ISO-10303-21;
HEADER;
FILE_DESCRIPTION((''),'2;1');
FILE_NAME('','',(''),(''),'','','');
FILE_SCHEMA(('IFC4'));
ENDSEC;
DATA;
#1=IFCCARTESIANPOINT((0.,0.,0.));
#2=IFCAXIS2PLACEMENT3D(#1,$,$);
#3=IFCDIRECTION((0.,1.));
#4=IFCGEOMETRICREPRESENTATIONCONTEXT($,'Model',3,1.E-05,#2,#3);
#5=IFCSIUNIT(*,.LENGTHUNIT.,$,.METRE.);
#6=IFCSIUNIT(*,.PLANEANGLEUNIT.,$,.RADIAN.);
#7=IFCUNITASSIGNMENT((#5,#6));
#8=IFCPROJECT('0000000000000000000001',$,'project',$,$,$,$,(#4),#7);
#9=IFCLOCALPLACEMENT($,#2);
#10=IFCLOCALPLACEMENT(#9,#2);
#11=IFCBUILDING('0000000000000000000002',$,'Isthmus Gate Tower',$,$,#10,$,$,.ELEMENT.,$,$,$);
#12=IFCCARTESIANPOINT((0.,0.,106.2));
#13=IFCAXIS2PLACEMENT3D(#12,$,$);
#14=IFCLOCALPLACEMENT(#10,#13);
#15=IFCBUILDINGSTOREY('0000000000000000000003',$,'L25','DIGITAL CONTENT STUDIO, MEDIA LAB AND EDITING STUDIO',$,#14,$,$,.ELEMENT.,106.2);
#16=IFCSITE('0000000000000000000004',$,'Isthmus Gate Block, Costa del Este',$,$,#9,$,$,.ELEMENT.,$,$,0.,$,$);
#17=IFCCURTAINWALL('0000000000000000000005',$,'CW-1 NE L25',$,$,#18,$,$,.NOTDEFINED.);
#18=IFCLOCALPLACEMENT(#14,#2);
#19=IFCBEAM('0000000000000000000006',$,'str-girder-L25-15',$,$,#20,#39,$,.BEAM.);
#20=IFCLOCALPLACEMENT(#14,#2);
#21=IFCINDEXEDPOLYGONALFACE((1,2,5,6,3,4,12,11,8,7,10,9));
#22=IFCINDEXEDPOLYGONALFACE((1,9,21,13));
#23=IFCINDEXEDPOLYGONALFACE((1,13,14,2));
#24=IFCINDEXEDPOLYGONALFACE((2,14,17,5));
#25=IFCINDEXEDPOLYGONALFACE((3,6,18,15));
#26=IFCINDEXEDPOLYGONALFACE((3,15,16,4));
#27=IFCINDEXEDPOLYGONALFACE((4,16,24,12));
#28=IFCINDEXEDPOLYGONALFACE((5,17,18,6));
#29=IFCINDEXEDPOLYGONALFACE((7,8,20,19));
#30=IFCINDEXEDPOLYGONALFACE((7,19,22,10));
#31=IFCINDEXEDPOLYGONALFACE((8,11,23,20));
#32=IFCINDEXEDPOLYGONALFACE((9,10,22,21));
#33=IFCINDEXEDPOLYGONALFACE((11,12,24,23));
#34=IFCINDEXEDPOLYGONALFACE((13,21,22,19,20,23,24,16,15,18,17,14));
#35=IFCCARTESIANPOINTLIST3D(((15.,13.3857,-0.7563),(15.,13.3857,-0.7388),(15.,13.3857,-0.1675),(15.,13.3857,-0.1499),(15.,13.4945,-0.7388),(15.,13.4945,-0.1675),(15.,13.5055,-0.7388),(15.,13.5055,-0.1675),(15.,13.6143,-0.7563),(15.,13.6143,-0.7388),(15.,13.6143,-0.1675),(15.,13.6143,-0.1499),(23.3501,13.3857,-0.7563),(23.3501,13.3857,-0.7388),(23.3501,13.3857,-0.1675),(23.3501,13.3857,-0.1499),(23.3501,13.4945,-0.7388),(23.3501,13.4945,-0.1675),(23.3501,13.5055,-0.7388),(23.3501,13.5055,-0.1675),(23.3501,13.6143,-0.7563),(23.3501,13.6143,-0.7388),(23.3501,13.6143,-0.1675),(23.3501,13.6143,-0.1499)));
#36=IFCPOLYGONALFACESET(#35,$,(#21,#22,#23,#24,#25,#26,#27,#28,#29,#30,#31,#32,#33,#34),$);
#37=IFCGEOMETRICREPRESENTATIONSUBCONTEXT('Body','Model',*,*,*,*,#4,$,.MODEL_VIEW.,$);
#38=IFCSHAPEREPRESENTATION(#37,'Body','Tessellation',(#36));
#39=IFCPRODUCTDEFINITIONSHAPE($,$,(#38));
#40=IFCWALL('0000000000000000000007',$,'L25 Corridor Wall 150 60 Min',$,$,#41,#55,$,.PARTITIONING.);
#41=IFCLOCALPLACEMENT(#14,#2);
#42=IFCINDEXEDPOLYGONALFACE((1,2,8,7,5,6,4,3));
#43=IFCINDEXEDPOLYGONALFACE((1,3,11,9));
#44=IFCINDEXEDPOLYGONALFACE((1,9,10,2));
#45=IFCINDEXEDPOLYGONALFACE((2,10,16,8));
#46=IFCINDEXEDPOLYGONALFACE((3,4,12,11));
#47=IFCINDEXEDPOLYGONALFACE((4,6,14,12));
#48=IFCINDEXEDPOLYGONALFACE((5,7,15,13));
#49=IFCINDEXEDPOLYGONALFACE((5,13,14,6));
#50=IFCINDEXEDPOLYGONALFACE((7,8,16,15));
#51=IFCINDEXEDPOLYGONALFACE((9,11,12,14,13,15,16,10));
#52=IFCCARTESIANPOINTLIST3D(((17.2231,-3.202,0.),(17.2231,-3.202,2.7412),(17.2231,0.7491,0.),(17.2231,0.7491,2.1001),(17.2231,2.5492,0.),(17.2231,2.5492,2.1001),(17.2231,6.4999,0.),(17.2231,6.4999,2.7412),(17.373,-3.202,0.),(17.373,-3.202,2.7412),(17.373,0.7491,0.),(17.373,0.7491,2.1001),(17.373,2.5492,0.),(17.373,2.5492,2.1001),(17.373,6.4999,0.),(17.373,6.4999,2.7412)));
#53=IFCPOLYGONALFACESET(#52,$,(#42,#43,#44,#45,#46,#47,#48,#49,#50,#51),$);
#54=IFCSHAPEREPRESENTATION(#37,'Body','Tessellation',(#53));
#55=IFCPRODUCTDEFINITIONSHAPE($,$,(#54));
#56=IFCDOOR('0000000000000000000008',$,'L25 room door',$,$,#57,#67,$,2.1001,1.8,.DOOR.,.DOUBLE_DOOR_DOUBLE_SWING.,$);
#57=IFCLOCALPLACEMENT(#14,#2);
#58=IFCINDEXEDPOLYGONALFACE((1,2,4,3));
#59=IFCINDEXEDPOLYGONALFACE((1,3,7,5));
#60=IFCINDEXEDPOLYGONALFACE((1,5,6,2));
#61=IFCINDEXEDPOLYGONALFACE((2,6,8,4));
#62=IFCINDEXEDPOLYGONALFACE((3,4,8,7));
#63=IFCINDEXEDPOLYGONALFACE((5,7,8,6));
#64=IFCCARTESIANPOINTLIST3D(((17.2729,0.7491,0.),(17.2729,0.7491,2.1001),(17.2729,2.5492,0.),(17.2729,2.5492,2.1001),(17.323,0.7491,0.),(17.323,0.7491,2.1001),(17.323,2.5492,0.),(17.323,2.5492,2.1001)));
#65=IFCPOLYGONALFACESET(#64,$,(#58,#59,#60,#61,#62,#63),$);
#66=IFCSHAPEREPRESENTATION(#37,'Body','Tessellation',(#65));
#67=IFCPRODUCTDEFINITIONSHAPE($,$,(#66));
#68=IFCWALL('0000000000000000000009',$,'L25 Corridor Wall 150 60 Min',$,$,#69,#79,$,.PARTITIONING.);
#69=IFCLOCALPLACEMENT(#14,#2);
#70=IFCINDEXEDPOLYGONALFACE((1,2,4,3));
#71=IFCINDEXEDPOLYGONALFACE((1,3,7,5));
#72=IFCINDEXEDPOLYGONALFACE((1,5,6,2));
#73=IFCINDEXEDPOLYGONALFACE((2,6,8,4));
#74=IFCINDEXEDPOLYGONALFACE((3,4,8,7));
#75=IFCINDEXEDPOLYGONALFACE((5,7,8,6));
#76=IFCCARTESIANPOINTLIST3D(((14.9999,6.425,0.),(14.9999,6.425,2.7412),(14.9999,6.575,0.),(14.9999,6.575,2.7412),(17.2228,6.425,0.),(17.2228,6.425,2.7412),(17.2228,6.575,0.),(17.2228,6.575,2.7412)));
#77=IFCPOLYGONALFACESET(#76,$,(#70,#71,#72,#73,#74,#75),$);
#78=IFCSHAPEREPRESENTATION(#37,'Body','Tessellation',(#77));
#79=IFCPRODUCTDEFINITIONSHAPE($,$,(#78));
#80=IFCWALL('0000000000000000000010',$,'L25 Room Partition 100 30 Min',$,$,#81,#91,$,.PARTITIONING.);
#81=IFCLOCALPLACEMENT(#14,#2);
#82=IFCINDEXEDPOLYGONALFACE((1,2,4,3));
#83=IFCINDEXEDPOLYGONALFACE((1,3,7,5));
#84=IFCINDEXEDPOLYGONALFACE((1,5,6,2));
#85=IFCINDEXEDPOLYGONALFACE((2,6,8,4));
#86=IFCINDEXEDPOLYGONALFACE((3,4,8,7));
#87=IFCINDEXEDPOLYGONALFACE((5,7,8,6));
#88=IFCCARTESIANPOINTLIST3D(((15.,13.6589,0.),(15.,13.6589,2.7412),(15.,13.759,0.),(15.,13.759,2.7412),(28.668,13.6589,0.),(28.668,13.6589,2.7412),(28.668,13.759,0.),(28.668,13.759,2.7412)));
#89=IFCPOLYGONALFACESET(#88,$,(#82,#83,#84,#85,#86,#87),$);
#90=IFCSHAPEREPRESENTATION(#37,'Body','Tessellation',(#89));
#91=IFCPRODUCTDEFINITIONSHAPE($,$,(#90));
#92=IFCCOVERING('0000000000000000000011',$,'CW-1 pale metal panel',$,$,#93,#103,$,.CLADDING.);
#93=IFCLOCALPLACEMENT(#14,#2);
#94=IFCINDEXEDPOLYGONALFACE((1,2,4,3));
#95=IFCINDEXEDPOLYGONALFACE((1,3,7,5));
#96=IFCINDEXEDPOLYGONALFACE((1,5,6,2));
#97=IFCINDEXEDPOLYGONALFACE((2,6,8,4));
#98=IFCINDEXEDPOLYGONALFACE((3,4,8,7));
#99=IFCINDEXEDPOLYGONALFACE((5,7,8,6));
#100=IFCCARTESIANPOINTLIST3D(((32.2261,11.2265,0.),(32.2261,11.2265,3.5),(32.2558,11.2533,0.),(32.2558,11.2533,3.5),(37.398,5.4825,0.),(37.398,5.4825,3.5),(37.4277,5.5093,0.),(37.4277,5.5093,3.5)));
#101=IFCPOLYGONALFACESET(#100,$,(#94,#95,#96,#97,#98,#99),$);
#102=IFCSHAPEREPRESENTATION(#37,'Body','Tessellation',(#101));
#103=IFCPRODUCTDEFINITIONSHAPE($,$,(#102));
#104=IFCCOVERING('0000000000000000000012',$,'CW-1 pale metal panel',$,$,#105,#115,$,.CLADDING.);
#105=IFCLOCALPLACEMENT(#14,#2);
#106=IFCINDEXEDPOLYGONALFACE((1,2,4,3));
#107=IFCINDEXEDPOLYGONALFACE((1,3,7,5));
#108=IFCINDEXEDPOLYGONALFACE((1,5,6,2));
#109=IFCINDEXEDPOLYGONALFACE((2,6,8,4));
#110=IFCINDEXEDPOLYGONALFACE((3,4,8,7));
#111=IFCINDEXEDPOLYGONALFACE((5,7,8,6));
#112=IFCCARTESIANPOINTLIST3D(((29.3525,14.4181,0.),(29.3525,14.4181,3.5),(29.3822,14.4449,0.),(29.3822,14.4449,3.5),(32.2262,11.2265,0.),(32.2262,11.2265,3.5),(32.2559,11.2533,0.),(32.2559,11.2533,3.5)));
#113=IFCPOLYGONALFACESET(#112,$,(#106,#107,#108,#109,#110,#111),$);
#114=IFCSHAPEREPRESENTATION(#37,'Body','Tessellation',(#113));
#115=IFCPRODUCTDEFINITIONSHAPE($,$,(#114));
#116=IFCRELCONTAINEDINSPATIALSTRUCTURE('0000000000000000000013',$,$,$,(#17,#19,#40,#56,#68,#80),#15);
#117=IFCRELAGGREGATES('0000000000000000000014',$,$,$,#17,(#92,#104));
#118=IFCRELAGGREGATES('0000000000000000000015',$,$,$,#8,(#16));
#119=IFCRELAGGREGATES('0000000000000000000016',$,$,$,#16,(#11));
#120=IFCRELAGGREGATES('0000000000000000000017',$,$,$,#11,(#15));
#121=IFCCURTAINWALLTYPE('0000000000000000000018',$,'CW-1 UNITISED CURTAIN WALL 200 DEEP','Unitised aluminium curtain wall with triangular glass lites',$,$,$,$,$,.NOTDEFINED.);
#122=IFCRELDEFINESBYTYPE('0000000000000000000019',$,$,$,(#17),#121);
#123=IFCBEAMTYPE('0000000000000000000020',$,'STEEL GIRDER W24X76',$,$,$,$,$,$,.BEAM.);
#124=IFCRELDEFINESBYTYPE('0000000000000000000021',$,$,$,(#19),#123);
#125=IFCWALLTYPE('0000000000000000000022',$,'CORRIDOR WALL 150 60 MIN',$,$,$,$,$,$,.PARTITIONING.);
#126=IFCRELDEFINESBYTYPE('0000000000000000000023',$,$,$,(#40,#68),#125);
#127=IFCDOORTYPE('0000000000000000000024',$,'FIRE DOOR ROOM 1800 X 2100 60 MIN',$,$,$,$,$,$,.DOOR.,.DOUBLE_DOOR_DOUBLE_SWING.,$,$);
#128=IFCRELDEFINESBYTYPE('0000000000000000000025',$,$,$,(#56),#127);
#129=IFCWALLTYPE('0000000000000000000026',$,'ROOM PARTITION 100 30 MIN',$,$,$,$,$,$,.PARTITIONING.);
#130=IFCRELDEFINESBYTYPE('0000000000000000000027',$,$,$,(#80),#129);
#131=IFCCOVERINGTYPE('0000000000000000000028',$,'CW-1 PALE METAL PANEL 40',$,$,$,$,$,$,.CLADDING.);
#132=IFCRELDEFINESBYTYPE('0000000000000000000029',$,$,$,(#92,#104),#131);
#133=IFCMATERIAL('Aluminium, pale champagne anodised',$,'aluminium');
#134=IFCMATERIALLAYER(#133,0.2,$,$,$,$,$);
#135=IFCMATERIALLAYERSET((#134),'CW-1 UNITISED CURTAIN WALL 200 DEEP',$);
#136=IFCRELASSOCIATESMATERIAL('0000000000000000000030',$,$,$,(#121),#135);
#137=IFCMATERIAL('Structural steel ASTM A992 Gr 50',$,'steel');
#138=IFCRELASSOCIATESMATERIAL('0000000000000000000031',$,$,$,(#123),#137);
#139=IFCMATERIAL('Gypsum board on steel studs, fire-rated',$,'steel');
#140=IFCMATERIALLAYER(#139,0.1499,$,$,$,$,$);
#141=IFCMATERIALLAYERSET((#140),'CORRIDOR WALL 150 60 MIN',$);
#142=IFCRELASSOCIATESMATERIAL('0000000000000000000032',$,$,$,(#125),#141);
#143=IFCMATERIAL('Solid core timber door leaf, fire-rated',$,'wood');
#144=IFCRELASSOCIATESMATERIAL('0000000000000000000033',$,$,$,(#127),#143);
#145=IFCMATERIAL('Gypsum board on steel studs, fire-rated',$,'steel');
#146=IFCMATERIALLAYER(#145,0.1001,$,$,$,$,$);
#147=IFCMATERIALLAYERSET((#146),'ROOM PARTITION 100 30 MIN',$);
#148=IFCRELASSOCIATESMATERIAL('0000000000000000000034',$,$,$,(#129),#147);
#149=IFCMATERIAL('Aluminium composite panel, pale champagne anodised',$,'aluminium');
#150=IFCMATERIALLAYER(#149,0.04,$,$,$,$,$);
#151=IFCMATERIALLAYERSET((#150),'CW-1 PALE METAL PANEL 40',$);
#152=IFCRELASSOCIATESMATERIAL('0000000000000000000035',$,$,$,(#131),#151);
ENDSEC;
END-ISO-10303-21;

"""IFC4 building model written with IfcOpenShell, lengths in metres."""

from ifc_helpers import new_model, si_unit, direction, frame, frame_2d, origin, origin_2d, place, context, subcontext, project, spatial, rectangle, i_section, extrude, material, layer, layer_set, material_profile, profile_set, type_object, element, fill, aggregate, save


model = new_model("IFC4")

# Units and contexts
model_context = context("Model", 3, precision=1e-05, world=origin(), true_north=direction((0.0, 1.0)))
body_context = subcontext(model_context, "Body", "Model", "MODEL_VIEW")
ifc_project = project(units=[si_unit("LENGTHUNIT", "METRE"), si_unit("PLANEANGLEUNIT", "RADIAN")], contexts=[model_context])

# Site, building, storey
site_placement = place(None, origin())
site = spatial("IfcSite", under=ifc_project, at=site_placement, Name="Isthmus Gate Block, Costa del Este", CompositionType="ELEMENT", RefElevation=0.0)
building_placement = place(site_placement, origin())
building = spatial("IfcBuilding", under=site, at=building_placement, Name="Isthmus Gate Tower", CompositionType="ELEMENT")
storey_placement = place(building_placement, frame((0.0, 0.0, 106.2)))
storey = spatial("IfcBuildingStorey", under=building, at=storey_placement, Name="L25", Description="DIGITAL CONTENT STUDIO, MEDIA LAB AND EDITING STUDIO", CompositionType="ELEMENT", Elevation=106.2)

# Curtain wall
ifc_material_1 = material(Name="Aluminium, pale champagne anodised", Category="aluminium")
ifc_layer_1 = layer(ifc_material_1, 0.2)
ifc_layer_set_1 = layer_set([ifc_layer_1], Name="CW-1 UNITISED CURTAIN WALL 200 DEEP")
curtain_wall_type = type_object("IfcCurtainWallType", Name="CW-1 UNITISED CURTAIN WALL 200 DEEP", Description="Unitised aluminium curtain wall with triangular glass lites", PredefinedType="NOTDEFINED", material=ifc_layer_set_1)
curtain_wall_placement = place(storey_placement, origin())
curtain_wall = element("IfcCurtainWall", 1, at=curtain_wall_placement, inside=storey, type_object=curtain_wall_type, Name="CW-1 NE L25", PredefinedType="NOTDEFINED")

# Beam
ifc_material_2 = material(Name="Structural steel ASTM A992 Gr 50", Category="steel")
ifc_material_profile_1 = material_profile(ifc_material_2, i_section(OverallWidth=0.2285, OverallDepth=0.6064, WebThickness=0.011, FlangeThickness=0.0176, at=origin_2d()), Name="W24X76")
ifc_profile_set_1 = profile_set([ifc_material_profile_1], Name="Structural steel ASTM A992 Gr 50")
beam_type_1 = type_object("IfcBeamType", Name="STEEL GIRDER W24X76", PredefinedType="BEAM", material=ifc_profile_set_1)
beam_1_placement = place(storey_placement, frame((15.0, 13.5, -0.4531), z_axis=(1.0, 0.0, 0.0), x_axis=(0.0, 1.0, 0.0)))
element("IfcBeam", 2, at=beam_1_placement, inside=storey, type_object=beam_type_1, Name="str-girder-L25-15", PredefinedType="BEAM", context=body_context, shape_type="SweptSolid", body=[
    extrude(i_section(OverallWidth=0.2285, OverallDepth=0.6064, WebThickness=0.011, FlangeThickness=0.0176, at=origin_2d()), origin(), (0.0, 0.0, 1.0), 8.3501),
])

# Wall, opening, door
ifc_material_3 = material(Name="Gypsum board on steel studs, fire-rated", Category="steel")
ifc_layer_2 = layer(ifc_material_3, 0.1499)
ifc_layer_set_2 = layer_set([ifc_layer_2], Name="CORRIDOR WALL 150 60 MIN")
wall_type_1 = type_object("IfcWallType", Name="CORRIDOR WALL 150 60 MIN", PredefinedType="PARTITIONING", material=ifc_layer_set_2)
wall_1_placement = place(storey_placement, frame((17.2981, 6.5, 0.0), z_axis=(0.0, 0.0, 1.0), x_axis=(0.0, -1.0, 0.0)))
wall_1 = element("IfcWall", 3, at=wall_1_placement, inside=storey, type_object=wall_type_1, Name="L25 Corridor Wall 150 60 Min", PredefinedType="PARTITIONING", context=body_context, shape_type="SweptSolid", body=[
    extrude(rectangle(XDim=9.7019, YDim=0.1499, at=frame_2d((4.8511, 0.0))), origin(), (0.0, 0.0, 1.0), 2.7412),
])
opening_placement = place(wall_1_placement, frame((3.9509, 0.0, 0.0)))
opening = element("IfcOpeningElement", 4, at=opening_placement, cuts=wall_1, PredefinedType="OPENING", context=body_context, shape_type="SweptSolid", body=[
    extrude(rectangle(XDim=1.8, YDim=2.1001, at=frame_2d((0.8999, 1.05))), frame((0.0, 0.085, 0.0), z_axis=(0.0, -1.0, 0.0), x_axis=(1.0, 0.0, 0.0)), (0.0, 0.0, 1.0), 0.1699),
])
ifc_material_4 = material(Name="Solid core timber door leaf, fire-rated", Category="wood")
door_type = type_object("IfcDoorType", Name="FIRE DOOR ROOM 1800 X 2100 60 MIN", OperationType="DOUBLE_DOOR_DOUBLE_SWING", PredefinedType="DOOR", material=ifc_material_4)
door_placement = place(opening_placement, origin())
door = element("IfcDoor", 5, at=door_placement, inside=storey, type_object=door_type, Name="L25 room door", OperationType="DOUBLE_DOOR_DOUBLE_SWING", OverallHeight=2.1001, OverallWidth=1.8, PredefinedType="DOOR", context=body_context, shape_type="SweptSolid", body=[
    extrude(rectangle(XDim=1.8, YDim=2.1001, at=frame_2d((0.8999, 1.05))), frame((0.0, 0.0249, 0.0), z_axis=(0.0, -1.0, 0.0), x_axis=(1.0, 0.0, 0.0)), (0.0, 0.0, 1.0), 0.05),
])
fill(opening, door)

# Walls
wall_2_placement = place(storey_placement, frame((15.0, 6.5, 0.0), z_axis=(0.0, 0.0, 1.0), x_axis=(1.0, 0.0, 0.0)))
element("IfcWall", 6, at=wall_2_placement, inside=storey, type_object=wall_type_1, Name="L25 Corridor Wall 150 60 Min", PredefinedType="PARTITIONING", context=body_context, shape_type="SweptSolid", body=[
    extrude(rectangle(XDim=2.2229, YDim=0.1499, at=frame_2d((1.1113, 0.0))), origin(), (0.0, 0.0, 1.0), 2.7412),
])
ifc_material_5 = material(Name="Gypsum board on steel studs, fire-rated", Category="steel")
ifc_layer_3 = layer(ifc_material_5, 0.1001)
ifc_layer_set_3 = layer_set([ifc_layer_3], Name="ROOM PARTITION 100 30 MIN")
wall_type_2 = type_object("IfcWallType", Name="ROOM PARTITION 100 30 MIN", PredefinedType="PARTITIONING", material=ifc_layer_set_3)
wall_3_placement = place(storey_placement, frame((15.0, 13.709, 0.0), z_axis=(0.0, 0.0, 1.0), x_axis=(1.0, 0.0, 0.0)))
element("IfcWall", 7, at=wall_3_placement, inside=storey, type_object=wall_type_2, Name="L25 Room Partition 100 30 Min", PredefinedType="PARTITIONING", context=body_context, shape_type="SweptSolid", body=[
    extrude(rectangle(XDim=13.668, YDim=0.1001, at=frame_2d((6.834, 0.0))), origin(), (0.0, 0.0, 1.0), 2.7412),
])

# Coverings
ifc_material_6 = material(Name="Aluminium composite panel, pale champagne anodised", Category="aluminium")
ifc_layer_4 = layer(ifc_material_6, 0.04)
ifc_layer_set_4 = layer_set([ifc_layer_4], Name="CW-1 PALE METAL PANEL 40")
covering_type = type_object("IfcCoveringType", Name="CW-1 PALE METAL PANEL 40", PredefinedType="CLADDING", material=ifc_layer_set_4)
covering_1_placement = place(storey_placement, frame((34.8269, 8.3679, 0.0), z_axis=(0.0, 0.0, 1.0), x_axis=(-0.669131, 0.743145, 0.0)))
covering_1 = element("IfcCovering", 8, at=covering_1_placement, type_object=covering_type, Name="CW-1 pale metal panel", PredefinedType="CLADDING", context=body_context, shape_type="SweptSolid", body=[
    extrude(rectangle(XDim=7.7292, YDim=0.04, at=origin_2d()), origin(), (0.0, 0.0, 1.0), 3.5),
])
covering_2_placement = place(storey_placement, frame((30.8042, 12.8357, 0.0), z_axis=(0.0, 0.0, 1.0), x_axis=(-0.669131, 0.743145, 0.0)))
covering_2 = element("IfcCovering", 9, at=covering_2_placement, type_object=covering_type, Name="CW-1 pale metal panel", PredefinedType="CLADDING", context=body_context, shape_type="SweptSolid", body=[
    extrude(rectangle(XDim=4.2947, YDim=0.04, at=origin_2d()), origin(), (0.0, 0.0, 1.0), 3.5),
])
aggregate(curtain_wall, [covering_1, covering_2])

save(model, "model.ifc")
